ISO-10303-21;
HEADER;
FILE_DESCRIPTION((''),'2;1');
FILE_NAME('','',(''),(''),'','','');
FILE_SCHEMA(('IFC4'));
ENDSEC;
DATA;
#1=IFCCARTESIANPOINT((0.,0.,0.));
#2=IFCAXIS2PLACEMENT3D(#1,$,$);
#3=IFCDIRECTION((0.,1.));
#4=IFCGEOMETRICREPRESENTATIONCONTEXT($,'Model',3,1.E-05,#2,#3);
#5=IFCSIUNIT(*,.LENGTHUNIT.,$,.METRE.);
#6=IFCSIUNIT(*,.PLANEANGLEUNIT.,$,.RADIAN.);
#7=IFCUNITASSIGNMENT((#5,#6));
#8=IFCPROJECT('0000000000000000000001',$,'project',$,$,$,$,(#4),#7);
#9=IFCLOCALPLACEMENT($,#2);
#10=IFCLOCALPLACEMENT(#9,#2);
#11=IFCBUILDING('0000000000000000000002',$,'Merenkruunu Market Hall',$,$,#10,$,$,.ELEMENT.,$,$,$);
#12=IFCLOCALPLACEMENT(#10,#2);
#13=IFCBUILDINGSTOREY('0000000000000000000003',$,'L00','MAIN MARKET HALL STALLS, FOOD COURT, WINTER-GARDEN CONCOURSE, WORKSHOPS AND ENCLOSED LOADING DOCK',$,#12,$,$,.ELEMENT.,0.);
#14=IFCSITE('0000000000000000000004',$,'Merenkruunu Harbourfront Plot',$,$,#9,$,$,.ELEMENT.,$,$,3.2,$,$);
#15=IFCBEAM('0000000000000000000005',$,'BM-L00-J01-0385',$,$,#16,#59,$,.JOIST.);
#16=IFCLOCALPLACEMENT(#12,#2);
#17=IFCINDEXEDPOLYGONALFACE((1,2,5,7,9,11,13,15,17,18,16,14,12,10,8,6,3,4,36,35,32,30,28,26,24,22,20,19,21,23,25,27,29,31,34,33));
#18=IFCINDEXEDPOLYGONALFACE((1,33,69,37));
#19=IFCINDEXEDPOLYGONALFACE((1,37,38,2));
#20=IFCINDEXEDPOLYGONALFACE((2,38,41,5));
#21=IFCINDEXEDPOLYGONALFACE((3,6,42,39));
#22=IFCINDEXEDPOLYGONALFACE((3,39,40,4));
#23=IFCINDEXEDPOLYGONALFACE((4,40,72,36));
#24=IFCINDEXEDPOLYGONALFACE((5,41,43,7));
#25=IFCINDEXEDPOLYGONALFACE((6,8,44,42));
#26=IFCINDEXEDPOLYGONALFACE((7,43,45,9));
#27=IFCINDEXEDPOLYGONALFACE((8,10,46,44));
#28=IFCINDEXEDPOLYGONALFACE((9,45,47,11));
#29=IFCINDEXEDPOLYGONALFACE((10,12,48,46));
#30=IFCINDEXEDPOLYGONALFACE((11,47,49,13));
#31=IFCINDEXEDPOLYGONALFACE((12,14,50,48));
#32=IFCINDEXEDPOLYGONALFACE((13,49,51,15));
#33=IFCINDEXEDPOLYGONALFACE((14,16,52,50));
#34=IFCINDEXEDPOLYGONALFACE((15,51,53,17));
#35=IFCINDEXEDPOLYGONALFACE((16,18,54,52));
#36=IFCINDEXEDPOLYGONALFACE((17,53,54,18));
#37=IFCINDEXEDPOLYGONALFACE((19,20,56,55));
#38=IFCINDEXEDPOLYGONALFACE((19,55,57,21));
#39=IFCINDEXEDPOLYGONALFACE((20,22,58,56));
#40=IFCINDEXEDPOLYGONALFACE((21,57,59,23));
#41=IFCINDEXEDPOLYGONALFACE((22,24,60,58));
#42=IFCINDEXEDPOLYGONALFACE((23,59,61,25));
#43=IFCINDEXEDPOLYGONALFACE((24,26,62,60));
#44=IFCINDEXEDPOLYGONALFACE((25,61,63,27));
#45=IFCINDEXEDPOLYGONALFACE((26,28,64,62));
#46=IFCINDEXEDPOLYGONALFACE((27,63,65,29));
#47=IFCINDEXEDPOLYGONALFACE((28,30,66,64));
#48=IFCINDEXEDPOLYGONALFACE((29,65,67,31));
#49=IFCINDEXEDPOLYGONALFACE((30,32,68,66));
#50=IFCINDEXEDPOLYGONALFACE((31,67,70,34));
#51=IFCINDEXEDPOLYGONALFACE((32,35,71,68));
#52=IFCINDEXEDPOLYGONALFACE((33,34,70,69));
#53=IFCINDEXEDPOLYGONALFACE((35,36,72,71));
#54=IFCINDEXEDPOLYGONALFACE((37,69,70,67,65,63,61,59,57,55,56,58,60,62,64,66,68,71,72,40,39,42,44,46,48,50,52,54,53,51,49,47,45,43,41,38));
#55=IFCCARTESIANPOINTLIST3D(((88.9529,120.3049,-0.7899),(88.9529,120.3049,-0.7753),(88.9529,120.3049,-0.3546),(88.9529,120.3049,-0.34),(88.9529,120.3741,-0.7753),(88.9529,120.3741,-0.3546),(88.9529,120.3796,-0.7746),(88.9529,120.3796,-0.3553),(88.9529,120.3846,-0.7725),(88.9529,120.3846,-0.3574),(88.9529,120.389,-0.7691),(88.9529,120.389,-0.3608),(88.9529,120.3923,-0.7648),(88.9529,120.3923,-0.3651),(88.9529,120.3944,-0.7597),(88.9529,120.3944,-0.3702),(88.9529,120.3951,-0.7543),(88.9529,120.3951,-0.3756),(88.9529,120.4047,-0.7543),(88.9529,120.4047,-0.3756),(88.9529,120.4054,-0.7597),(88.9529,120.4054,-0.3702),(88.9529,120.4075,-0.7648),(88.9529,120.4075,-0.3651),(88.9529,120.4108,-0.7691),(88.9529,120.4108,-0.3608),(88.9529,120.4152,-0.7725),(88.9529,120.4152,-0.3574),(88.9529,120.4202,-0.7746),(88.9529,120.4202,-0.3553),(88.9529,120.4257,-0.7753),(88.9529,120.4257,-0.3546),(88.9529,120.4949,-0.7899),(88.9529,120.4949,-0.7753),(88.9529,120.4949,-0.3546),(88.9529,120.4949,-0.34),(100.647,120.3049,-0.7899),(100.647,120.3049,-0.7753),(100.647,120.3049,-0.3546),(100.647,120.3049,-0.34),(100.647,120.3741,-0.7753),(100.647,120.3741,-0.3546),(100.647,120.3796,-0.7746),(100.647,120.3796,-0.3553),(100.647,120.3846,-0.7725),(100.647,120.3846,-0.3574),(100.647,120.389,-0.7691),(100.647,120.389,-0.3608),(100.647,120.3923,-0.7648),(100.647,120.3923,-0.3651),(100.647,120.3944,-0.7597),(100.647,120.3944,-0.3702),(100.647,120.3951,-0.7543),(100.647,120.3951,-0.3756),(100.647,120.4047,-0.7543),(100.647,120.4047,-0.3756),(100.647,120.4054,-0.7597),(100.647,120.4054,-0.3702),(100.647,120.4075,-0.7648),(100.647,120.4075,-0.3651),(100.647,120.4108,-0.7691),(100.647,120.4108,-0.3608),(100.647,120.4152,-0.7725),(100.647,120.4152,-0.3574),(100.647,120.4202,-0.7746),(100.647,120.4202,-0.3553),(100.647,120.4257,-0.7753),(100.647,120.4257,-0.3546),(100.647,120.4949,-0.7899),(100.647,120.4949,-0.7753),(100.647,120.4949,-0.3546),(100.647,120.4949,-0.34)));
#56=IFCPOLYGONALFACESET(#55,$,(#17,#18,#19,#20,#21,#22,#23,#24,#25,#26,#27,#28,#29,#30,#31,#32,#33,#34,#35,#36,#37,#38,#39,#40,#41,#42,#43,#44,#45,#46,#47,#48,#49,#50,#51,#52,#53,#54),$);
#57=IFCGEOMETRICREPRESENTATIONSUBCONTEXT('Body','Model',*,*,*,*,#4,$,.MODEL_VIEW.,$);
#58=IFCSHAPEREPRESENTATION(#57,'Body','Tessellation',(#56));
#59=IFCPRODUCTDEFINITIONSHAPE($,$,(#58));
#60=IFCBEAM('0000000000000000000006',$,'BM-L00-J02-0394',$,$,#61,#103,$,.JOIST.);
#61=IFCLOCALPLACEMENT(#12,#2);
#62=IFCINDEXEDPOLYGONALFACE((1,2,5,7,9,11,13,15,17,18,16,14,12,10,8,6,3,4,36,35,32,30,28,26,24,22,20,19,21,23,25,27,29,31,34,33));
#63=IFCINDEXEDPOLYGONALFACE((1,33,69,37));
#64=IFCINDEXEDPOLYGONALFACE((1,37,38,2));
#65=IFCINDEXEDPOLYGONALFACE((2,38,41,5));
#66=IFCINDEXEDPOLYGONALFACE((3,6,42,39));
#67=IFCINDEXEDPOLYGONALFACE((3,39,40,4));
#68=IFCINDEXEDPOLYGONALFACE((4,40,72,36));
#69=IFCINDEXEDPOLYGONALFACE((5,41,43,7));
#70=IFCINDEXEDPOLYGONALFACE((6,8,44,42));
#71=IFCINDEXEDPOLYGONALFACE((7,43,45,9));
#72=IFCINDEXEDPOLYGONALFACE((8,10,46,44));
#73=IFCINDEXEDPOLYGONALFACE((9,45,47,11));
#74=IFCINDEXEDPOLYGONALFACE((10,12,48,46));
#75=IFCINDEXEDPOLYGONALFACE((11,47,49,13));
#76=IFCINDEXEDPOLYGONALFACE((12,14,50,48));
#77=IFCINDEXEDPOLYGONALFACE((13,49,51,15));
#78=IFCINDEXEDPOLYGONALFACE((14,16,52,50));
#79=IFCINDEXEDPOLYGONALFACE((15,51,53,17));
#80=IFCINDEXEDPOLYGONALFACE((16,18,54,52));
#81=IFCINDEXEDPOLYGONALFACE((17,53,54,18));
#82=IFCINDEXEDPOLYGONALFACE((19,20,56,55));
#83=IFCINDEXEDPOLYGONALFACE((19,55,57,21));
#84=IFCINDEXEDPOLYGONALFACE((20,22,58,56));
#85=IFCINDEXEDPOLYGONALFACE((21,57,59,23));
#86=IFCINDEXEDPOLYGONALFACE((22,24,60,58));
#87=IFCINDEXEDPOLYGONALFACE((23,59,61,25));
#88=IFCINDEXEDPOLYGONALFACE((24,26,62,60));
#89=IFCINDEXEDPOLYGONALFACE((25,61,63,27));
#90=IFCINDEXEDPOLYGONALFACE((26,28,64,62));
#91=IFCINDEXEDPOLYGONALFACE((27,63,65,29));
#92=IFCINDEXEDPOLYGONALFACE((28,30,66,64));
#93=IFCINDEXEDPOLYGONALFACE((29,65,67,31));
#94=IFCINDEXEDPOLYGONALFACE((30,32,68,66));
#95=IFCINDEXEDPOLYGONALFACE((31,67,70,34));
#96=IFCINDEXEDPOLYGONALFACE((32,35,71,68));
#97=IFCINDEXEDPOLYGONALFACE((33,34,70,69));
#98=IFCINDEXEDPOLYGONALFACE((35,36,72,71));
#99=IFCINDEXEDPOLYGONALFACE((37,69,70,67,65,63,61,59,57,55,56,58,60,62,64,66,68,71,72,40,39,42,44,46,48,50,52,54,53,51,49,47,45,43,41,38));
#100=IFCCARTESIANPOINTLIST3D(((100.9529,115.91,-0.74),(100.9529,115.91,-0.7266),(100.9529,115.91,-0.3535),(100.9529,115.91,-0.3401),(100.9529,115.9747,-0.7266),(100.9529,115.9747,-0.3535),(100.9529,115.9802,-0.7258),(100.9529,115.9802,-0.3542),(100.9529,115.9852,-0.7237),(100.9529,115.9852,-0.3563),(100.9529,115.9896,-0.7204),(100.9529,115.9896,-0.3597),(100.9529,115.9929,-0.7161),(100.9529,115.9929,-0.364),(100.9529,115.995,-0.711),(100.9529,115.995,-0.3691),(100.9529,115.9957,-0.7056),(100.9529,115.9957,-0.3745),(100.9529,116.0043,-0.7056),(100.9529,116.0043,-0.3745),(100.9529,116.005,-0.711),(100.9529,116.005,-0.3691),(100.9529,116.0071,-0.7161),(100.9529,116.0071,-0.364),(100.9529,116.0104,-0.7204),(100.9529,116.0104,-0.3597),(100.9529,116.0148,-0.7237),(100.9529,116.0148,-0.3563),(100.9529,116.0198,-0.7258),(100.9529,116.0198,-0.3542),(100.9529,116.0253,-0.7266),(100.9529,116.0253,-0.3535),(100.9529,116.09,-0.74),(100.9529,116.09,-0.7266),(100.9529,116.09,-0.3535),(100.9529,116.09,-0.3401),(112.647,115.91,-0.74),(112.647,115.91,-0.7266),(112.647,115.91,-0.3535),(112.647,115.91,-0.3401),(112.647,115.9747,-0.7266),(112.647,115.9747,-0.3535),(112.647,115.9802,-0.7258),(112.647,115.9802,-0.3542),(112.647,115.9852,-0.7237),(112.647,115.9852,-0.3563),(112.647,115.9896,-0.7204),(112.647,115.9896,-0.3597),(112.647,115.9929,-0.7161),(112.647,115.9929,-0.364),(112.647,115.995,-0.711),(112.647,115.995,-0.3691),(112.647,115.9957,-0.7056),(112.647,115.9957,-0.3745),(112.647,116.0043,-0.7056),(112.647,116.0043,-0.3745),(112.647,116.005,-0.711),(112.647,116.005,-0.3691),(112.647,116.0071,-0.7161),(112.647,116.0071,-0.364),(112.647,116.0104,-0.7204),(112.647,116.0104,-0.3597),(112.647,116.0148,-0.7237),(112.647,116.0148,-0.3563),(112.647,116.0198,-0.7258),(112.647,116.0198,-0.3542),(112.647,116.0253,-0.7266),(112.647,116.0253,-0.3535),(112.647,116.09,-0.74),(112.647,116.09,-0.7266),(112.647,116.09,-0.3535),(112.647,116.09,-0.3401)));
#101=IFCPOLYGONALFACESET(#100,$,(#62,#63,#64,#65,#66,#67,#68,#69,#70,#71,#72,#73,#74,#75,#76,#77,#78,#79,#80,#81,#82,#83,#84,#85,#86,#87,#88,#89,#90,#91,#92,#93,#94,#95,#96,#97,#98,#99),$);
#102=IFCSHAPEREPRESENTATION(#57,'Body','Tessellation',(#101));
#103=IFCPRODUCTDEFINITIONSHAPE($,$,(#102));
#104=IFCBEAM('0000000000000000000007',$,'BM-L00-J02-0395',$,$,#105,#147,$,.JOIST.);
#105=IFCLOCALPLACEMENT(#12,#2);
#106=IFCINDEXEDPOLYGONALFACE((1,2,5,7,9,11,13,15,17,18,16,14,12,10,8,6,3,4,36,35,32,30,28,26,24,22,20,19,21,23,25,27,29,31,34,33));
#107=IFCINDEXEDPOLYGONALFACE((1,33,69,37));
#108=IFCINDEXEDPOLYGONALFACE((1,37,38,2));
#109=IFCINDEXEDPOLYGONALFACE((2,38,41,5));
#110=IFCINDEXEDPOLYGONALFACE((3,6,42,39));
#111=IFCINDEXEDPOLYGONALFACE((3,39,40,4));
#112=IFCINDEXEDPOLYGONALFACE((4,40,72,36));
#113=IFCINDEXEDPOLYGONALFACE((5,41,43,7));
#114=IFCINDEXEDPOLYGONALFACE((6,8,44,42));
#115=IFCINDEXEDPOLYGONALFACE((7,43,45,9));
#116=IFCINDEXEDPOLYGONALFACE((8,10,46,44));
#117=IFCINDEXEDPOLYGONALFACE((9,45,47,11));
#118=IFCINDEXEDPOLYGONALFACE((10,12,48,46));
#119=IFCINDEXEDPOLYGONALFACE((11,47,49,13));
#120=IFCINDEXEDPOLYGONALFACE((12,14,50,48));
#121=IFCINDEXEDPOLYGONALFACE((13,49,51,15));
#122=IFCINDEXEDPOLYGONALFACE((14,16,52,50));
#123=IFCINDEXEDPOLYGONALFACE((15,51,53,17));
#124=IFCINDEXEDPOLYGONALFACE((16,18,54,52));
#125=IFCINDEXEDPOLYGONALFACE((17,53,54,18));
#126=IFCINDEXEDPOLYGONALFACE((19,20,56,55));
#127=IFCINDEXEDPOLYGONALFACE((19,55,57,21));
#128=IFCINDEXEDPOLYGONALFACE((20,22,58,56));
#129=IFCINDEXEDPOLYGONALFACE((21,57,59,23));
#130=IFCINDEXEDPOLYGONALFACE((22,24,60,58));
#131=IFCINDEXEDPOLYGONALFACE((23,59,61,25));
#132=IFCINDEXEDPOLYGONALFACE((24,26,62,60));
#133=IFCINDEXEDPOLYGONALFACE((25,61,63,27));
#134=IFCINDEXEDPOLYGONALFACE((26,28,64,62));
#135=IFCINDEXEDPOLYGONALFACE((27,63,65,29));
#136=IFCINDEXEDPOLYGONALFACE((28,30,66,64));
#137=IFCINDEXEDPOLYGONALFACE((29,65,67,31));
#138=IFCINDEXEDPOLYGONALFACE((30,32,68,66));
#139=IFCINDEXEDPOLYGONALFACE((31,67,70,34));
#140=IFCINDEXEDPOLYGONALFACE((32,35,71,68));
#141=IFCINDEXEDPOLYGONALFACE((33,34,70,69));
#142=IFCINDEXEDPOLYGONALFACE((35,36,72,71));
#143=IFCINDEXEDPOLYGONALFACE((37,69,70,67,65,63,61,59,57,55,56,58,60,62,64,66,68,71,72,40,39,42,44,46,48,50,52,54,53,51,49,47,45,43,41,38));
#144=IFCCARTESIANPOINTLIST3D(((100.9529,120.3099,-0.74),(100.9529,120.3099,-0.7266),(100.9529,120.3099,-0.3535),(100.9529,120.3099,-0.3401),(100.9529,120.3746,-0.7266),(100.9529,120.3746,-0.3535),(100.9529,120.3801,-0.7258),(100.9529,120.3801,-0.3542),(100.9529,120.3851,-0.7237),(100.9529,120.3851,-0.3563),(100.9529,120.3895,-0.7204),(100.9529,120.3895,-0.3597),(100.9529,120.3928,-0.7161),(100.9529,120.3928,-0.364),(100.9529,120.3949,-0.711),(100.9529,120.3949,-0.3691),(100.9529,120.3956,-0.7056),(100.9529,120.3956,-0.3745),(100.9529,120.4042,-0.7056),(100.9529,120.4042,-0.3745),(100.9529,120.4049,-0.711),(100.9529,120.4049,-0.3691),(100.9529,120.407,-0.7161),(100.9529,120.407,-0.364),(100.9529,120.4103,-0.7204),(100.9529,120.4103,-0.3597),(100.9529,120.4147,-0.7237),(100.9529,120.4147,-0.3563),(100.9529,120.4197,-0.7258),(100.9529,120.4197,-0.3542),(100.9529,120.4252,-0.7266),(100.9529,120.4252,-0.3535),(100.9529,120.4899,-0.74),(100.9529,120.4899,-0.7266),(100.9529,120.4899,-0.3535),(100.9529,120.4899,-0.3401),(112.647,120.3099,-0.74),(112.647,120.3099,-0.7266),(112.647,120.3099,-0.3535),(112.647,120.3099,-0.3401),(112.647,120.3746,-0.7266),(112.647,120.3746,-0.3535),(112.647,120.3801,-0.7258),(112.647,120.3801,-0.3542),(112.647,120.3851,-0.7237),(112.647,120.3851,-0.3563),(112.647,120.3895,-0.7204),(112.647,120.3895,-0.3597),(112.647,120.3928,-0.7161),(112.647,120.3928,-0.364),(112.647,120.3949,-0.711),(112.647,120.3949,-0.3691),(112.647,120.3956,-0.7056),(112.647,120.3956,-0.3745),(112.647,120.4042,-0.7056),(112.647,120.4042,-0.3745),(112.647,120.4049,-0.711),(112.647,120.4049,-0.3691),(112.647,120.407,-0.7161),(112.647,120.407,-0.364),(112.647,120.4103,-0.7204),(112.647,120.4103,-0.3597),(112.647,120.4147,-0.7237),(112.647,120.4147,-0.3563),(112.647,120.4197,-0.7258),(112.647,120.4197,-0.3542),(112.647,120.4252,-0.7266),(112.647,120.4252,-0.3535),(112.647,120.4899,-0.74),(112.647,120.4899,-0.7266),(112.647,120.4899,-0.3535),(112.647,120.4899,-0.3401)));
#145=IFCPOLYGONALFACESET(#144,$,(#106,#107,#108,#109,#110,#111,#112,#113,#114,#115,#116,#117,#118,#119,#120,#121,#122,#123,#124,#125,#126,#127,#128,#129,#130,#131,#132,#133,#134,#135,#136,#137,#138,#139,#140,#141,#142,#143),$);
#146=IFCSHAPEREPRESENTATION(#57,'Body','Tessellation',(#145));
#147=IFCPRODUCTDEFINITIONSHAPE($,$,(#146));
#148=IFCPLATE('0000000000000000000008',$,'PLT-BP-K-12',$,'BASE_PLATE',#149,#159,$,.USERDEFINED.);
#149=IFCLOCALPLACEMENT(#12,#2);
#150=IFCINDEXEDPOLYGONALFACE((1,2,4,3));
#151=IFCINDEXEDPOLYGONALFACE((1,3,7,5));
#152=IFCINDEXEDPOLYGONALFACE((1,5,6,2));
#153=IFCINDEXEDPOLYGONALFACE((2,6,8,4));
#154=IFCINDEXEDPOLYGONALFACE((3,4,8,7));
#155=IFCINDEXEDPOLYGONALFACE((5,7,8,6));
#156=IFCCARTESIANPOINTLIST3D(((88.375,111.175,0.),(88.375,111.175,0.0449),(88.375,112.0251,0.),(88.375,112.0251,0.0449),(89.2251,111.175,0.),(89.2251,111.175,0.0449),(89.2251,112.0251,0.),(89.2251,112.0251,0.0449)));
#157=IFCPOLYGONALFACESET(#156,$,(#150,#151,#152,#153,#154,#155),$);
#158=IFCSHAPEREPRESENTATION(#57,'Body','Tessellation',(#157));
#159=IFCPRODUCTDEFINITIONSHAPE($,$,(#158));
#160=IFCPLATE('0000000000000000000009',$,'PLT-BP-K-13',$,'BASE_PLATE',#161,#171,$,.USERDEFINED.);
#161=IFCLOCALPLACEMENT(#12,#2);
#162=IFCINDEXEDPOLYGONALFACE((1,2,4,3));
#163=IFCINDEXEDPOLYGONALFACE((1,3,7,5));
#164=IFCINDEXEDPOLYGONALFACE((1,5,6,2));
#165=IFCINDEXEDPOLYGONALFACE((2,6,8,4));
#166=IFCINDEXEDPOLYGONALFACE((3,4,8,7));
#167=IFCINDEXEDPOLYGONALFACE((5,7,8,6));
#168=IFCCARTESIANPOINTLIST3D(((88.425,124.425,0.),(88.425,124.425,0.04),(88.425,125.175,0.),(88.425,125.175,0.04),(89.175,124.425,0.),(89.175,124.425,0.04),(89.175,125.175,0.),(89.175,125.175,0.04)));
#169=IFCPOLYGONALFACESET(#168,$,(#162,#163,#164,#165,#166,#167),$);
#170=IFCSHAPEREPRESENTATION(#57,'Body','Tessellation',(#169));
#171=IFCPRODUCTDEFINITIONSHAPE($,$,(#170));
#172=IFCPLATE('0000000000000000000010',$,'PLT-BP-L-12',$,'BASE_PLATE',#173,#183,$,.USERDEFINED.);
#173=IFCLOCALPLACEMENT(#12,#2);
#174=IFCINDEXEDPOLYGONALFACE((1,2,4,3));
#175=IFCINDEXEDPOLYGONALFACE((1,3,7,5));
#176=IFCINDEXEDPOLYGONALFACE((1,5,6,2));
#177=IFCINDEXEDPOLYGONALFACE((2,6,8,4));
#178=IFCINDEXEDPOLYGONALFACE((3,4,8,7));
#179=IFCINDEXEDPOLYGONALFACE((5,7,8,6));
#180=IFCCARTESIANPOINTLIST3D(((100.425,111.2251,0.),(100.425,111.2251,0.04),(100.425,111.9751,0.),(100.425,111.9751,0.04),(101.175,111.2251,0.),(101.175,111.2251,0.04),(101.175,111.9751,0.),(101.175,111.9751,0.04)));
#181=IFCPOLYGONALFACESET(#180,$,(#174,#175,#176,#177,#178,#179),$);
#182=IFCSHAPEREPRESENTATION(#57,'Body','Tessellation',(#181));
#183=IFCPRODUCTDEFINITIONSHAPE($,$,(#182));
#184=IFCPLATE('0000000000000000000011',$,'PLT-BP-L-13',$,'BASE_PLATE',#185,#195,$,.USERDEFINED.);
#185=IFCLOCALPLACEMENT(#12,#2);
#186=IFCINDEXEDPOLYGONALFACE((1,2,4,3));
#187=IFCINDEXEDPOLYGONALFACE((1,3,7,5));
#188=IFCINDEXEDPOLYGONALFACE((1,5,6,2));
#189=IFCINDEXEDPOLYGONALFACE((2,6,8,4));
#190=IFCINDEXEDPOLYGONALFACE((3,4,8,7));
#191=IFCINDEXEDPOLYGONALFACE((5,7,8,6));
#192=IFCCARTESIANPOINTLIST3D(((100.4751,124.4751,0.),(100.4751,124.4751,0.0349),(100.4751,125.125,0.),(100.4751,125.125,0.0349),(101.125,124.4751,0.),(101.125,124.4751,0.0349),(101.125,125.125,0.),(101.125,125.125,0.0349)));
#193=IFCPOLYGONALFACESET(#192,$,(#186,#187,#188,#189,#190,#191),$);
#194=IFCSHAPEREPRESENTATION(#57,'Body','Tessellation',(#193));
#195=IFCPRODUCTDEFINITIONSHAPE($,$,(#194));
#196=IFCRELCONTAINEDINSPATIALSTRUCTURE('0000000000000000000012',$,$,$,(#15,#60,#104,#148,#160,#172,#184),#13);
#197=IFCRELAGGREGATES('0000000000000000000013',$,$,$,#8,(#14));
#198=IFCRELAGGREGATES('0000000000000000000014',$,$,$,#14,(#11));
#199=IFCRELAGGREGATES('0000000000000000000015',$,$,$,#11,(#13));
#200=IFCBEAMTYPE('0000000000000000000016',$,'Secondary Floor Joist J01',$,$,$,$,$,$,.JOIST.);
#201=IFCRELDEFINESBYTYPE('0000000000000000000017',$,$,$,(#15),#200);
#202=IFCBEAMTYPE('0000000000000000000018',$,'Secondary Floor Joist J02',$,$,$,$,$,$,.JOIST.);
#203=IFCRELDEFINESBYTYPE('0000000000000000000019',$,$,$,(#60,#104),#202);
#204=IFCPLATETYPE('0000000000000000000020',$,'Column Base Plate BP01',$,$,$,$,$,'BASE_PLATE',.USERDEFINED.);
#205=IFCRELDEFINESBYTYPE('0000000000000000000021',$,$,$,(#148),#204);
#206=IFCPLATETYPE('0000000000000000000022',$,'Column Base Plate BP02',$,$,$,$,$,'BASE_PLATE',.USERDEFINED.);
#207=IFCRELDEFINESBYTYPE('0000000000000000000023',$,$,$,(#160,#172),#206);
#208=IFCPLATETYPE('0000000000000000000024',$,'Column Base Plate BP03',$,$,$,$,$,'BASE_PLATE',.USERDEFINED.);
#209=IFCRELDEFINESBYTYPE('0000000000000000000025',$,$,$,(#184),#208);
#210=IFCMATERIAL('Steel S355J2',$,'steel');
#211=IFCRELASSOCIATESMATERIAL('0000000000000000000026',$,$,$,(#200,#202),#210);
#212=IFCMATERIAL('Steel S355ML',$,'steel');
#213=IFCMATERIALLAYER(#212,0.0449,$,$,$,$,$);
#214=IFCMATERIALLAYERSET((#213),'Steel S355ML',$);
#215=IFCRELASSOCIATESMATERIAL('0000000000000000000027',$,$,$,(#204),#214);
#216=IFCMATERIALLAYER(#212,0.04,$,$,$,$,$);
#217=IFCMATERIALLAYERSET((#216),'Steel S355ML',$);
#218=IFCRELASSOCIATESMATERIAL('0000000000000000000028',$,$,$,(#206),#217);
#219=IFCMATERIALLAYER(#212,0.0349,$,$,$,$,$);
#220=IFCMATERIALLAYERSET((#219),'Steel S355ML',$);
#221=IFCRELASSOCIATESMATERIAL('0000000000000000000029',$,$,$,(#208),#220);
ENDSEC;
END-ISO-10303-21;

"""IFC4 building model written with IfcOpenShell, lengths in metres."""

from ifc_helpers import new_model, si_unit, direction, frame, origin, origin_2d, place, context, subcontext, project, spatial, rectangle, i_section, extrude, material, layer, layer_set, material_profile, profile_set, type_object, element, save


model = new_model("IFC4")

# Units and contexts
model_context = context("Model", 3, precision=1e-05, world=origin(), true_north=direction((0.0, 1.0)))
body_context = subcontext(model_context, "Body", "Model", "MODEL_VIEW")
ifc_project = project(units=[si_unit("LENGTHUNIT", "METRE"), si_unit("PLANEANGLEUNIT", "RADIAN")], contexts=[model_context])

# Site, building, storey
site_placement = place(None, origin())
site = spatial("IfcSite", under=ifc_project, at=site_placement, Name="Merenkruunu Harbourfront Plot", CompositionType="ELEMENT", RefElevation=3.2)
building_placement = place(site_placement, origin())
building = spatial("IfcBuilding", under=site, at=building_placement, Name="Merenkruunu Market Hall", CompositionType="ELEMENT")
storey_placement = place(building_placement, origin())
storey = spatial("IfcBuildingStorey", under=building, at=storey_placement, Name="L00", Description="MAIN MARKET HALL STALLS, FOOD COURT, WINTER-GARDEN CONCOURSE, WORKSHOPS AND ENCLOSED LOADING DOCK", CompositionType="ELEMENT", Elevation=0.0)

# Shared definitions
ifc_material_1 = material(Name="Steel S355J2", Category="steel")

# Beams
ifc_material_profile_1 = material_profile(ifc_material_1, i_section(OverallWidth=0.1899, OverallDepth=0.45, WebThickness=0.0095, FlangeThickness=0.0146, FilletRadius=0.021, at=origin_2d()), Name="IPE 450")
ifc_profile_set_1 = profile_set([ifc_material_profile_1], Name="Steel S355J2")
beam_type_1 = type_object("IfcBeamType", Name="Secondary Floor Joist J01", PredefinedType="JOIST", material=ifc_profile_set_1)
for number, where, z_axis, x_axis, name in (
    (1, (88.9529, 120.3999, -0.5649), (1.0, 0.0, 0.0), (0.0, 1.0, 0.0), "BM-L00-J01-0385"),
):
    element("IfcBeam", number, at=place(storey_placement, frame(where, z_axis=z_axis, x_axis=x_axis)), inside=storey, type_object=beam_type_1, Name=name, PredefinedType="JOIST", context=body_context, shape_type="SweptSolid", body=[
        extrude(i_section(OverallWidth=0.1899, OverallDepth=0.45, WebThickness=0.0095, FlangeThickness=0.0146, FilletRadius=0.021, at=origin_2d()), origin(), (0.0, 0.0, 1.0), 11.6941),
    ])
ifc_material_profile_2 = material_profile(ifc_material_1, i_section(OverallWidth=0.1799, OverallDepth=0.3999, WebThickness=0.0085, FlangeThickness=0.0134, FilletRadius=0.021, at=origin_2d()), Name="IPE 400")
ifc_profile_set_2 = profile_set([ifc_material_profile_2], Name="Steel S355J2")
beam_type_2 = type_object("IfcBeamType", Name="Secondary Floor Joist J02", PredefinedType="JOIST", material=ifc_profile_set_2)
for number, where, z_axis, x_axis, name in (
    (2, (100.9529, 116.0, -0.54), (1.0, 0.0, 0.0), (0.0, 1.0, 0.0), "BM-L00-J02-0394"),
    (3, (100.9529, 120.3999, -0.54), (1.0, 0.0, 0.0), (0.0, 1.0, 0.0), "BM-L00-J02-0395"),
):
    element("IfcBeam", number, at=place(storey_placement, frame(where, z_axis=z_axis, x_axis=x_axis)), inside=storey, type_object=beam_type_2, Name=name, PredefinedType="JOIST", context=body_context, shape_type="SweptSolid", body=[
        extrude(i_section(OverallWidth=0.1799, OverallDepth=0.3999, WebThickness=0.0085, FlangeThickness=0.0134, FilletRadius=0.021, at=origin_2d()), origin(), (0.0, 0.0, 1.0), 11.6941),
    ])

# Plates
ifc_material_2 = material(Name="Steel S355ML", Category="steel")
ifc_layer_1 = layer(ifc_material_2, 0.0449)
ifc_layer_set_1 = layer_set([ifc_layer_1], Name="Steel S355ML")
plate_type_1 = type_object("IfcPlateType", Name="Column Base Plate BP01", ElementType="BASE_PLATE", PredefinedType="USERDEFINED", material=ifc_layer_set_1)
plate_1_placement = place(storey_placement, frame((88.8, 111.6001, 0.0), z_axis=(0.0, 0.0, 1.0), x_axis=(1.0, 0.0, 0.0)))
element("IfcPlate", 4, at=plate_1_placement, inside=storey, type_object=plate_type_1, Name="PLT-BP-K-12", ObjectType="BASE_PLATE", PredefinedType="USERDEFINED", context=body_context, shape_type="SweptSolid", body=[
    extrude(rectangle(XDim=0.8501, YDim=0.8501, at=origin_2d()), origin(), (0.0, 0.0, 1.0), 0.0449),
])
ifc_layer_2 = layer(ifc_material_2, 0.04)
ifc_layer_set_2 = layer_set([ifc_layer_2], Name="Steel S355ML")
plate_type_2 = type_object("IfcPlateType", Name="Column Base Plate BP02", ElementType="BASE_PLATE", PredefinedType="USERDEFINED", material=ifc_layer_set_2)
for number, where, z_axis, x_axis, name in (
    (5, (88.8, 124.8, 0.0), (0.0, 0.0, 1.0), (1.0, 0.0, 0.0), "PLT-BP-K-13"),
    (6, (100.8, 111.6001, 0.0), (0.0, 0.0, 1.0), (1.0, 0.0, 0.0), "PLT-BP-L-12"),
):
    element("IfcPlate", number, at=place(storey_placement, frame(where, z_axis=z_axis, x_axis=x_axis)), inside=storey, type_object=plate_type_2, Name=name, ObjectType="BASE_PLATE", PredefinedType="USERDEFINED", context=body_context, shape_type="SweptSolid", body=[
        extrude(rectangle(XDim=0.75, YDim=0.75, at=origin_2d()), origin(), (0.0, 0.0, 1.0), 0.04),
    ])
ifc_layer_3 = layer(ifc_material_2, 0.0349)
ifc_layer_set_3 = layer_set([ifc_layer_3], Name="Steel S355ML")
plate_type_3 = type_object("IfcPlateType", Name="Column Base Plate BP03", ElementType="BASE_PLATE", PredefinedType="USERDEFINED", material=ifc_layer_set_3)
plate_2_placement = place(storey_placement, frame((100.8, 124.8, 0.0), z_axis=(0.0, 0.0, 1.0), x_axis=(1.0, 0.0, 0.0)))
element("IfcPlate", 7, at=plate_2_placement, inside=storey, type_object=plate_type_3, Name="PLT-BP-L-13", ObjectType="BASE_PLATE", PredefinedType="USERDEFINED", context=body_context, shape_type="SweptSolid", body=[
    extrude(rectangle(XDim=0.6499, YDim=0.6499, at=origin_2d()), origin(), (0.0, 0.0, 1.0), 0.0349),
])

save(model, "model.ifc")
